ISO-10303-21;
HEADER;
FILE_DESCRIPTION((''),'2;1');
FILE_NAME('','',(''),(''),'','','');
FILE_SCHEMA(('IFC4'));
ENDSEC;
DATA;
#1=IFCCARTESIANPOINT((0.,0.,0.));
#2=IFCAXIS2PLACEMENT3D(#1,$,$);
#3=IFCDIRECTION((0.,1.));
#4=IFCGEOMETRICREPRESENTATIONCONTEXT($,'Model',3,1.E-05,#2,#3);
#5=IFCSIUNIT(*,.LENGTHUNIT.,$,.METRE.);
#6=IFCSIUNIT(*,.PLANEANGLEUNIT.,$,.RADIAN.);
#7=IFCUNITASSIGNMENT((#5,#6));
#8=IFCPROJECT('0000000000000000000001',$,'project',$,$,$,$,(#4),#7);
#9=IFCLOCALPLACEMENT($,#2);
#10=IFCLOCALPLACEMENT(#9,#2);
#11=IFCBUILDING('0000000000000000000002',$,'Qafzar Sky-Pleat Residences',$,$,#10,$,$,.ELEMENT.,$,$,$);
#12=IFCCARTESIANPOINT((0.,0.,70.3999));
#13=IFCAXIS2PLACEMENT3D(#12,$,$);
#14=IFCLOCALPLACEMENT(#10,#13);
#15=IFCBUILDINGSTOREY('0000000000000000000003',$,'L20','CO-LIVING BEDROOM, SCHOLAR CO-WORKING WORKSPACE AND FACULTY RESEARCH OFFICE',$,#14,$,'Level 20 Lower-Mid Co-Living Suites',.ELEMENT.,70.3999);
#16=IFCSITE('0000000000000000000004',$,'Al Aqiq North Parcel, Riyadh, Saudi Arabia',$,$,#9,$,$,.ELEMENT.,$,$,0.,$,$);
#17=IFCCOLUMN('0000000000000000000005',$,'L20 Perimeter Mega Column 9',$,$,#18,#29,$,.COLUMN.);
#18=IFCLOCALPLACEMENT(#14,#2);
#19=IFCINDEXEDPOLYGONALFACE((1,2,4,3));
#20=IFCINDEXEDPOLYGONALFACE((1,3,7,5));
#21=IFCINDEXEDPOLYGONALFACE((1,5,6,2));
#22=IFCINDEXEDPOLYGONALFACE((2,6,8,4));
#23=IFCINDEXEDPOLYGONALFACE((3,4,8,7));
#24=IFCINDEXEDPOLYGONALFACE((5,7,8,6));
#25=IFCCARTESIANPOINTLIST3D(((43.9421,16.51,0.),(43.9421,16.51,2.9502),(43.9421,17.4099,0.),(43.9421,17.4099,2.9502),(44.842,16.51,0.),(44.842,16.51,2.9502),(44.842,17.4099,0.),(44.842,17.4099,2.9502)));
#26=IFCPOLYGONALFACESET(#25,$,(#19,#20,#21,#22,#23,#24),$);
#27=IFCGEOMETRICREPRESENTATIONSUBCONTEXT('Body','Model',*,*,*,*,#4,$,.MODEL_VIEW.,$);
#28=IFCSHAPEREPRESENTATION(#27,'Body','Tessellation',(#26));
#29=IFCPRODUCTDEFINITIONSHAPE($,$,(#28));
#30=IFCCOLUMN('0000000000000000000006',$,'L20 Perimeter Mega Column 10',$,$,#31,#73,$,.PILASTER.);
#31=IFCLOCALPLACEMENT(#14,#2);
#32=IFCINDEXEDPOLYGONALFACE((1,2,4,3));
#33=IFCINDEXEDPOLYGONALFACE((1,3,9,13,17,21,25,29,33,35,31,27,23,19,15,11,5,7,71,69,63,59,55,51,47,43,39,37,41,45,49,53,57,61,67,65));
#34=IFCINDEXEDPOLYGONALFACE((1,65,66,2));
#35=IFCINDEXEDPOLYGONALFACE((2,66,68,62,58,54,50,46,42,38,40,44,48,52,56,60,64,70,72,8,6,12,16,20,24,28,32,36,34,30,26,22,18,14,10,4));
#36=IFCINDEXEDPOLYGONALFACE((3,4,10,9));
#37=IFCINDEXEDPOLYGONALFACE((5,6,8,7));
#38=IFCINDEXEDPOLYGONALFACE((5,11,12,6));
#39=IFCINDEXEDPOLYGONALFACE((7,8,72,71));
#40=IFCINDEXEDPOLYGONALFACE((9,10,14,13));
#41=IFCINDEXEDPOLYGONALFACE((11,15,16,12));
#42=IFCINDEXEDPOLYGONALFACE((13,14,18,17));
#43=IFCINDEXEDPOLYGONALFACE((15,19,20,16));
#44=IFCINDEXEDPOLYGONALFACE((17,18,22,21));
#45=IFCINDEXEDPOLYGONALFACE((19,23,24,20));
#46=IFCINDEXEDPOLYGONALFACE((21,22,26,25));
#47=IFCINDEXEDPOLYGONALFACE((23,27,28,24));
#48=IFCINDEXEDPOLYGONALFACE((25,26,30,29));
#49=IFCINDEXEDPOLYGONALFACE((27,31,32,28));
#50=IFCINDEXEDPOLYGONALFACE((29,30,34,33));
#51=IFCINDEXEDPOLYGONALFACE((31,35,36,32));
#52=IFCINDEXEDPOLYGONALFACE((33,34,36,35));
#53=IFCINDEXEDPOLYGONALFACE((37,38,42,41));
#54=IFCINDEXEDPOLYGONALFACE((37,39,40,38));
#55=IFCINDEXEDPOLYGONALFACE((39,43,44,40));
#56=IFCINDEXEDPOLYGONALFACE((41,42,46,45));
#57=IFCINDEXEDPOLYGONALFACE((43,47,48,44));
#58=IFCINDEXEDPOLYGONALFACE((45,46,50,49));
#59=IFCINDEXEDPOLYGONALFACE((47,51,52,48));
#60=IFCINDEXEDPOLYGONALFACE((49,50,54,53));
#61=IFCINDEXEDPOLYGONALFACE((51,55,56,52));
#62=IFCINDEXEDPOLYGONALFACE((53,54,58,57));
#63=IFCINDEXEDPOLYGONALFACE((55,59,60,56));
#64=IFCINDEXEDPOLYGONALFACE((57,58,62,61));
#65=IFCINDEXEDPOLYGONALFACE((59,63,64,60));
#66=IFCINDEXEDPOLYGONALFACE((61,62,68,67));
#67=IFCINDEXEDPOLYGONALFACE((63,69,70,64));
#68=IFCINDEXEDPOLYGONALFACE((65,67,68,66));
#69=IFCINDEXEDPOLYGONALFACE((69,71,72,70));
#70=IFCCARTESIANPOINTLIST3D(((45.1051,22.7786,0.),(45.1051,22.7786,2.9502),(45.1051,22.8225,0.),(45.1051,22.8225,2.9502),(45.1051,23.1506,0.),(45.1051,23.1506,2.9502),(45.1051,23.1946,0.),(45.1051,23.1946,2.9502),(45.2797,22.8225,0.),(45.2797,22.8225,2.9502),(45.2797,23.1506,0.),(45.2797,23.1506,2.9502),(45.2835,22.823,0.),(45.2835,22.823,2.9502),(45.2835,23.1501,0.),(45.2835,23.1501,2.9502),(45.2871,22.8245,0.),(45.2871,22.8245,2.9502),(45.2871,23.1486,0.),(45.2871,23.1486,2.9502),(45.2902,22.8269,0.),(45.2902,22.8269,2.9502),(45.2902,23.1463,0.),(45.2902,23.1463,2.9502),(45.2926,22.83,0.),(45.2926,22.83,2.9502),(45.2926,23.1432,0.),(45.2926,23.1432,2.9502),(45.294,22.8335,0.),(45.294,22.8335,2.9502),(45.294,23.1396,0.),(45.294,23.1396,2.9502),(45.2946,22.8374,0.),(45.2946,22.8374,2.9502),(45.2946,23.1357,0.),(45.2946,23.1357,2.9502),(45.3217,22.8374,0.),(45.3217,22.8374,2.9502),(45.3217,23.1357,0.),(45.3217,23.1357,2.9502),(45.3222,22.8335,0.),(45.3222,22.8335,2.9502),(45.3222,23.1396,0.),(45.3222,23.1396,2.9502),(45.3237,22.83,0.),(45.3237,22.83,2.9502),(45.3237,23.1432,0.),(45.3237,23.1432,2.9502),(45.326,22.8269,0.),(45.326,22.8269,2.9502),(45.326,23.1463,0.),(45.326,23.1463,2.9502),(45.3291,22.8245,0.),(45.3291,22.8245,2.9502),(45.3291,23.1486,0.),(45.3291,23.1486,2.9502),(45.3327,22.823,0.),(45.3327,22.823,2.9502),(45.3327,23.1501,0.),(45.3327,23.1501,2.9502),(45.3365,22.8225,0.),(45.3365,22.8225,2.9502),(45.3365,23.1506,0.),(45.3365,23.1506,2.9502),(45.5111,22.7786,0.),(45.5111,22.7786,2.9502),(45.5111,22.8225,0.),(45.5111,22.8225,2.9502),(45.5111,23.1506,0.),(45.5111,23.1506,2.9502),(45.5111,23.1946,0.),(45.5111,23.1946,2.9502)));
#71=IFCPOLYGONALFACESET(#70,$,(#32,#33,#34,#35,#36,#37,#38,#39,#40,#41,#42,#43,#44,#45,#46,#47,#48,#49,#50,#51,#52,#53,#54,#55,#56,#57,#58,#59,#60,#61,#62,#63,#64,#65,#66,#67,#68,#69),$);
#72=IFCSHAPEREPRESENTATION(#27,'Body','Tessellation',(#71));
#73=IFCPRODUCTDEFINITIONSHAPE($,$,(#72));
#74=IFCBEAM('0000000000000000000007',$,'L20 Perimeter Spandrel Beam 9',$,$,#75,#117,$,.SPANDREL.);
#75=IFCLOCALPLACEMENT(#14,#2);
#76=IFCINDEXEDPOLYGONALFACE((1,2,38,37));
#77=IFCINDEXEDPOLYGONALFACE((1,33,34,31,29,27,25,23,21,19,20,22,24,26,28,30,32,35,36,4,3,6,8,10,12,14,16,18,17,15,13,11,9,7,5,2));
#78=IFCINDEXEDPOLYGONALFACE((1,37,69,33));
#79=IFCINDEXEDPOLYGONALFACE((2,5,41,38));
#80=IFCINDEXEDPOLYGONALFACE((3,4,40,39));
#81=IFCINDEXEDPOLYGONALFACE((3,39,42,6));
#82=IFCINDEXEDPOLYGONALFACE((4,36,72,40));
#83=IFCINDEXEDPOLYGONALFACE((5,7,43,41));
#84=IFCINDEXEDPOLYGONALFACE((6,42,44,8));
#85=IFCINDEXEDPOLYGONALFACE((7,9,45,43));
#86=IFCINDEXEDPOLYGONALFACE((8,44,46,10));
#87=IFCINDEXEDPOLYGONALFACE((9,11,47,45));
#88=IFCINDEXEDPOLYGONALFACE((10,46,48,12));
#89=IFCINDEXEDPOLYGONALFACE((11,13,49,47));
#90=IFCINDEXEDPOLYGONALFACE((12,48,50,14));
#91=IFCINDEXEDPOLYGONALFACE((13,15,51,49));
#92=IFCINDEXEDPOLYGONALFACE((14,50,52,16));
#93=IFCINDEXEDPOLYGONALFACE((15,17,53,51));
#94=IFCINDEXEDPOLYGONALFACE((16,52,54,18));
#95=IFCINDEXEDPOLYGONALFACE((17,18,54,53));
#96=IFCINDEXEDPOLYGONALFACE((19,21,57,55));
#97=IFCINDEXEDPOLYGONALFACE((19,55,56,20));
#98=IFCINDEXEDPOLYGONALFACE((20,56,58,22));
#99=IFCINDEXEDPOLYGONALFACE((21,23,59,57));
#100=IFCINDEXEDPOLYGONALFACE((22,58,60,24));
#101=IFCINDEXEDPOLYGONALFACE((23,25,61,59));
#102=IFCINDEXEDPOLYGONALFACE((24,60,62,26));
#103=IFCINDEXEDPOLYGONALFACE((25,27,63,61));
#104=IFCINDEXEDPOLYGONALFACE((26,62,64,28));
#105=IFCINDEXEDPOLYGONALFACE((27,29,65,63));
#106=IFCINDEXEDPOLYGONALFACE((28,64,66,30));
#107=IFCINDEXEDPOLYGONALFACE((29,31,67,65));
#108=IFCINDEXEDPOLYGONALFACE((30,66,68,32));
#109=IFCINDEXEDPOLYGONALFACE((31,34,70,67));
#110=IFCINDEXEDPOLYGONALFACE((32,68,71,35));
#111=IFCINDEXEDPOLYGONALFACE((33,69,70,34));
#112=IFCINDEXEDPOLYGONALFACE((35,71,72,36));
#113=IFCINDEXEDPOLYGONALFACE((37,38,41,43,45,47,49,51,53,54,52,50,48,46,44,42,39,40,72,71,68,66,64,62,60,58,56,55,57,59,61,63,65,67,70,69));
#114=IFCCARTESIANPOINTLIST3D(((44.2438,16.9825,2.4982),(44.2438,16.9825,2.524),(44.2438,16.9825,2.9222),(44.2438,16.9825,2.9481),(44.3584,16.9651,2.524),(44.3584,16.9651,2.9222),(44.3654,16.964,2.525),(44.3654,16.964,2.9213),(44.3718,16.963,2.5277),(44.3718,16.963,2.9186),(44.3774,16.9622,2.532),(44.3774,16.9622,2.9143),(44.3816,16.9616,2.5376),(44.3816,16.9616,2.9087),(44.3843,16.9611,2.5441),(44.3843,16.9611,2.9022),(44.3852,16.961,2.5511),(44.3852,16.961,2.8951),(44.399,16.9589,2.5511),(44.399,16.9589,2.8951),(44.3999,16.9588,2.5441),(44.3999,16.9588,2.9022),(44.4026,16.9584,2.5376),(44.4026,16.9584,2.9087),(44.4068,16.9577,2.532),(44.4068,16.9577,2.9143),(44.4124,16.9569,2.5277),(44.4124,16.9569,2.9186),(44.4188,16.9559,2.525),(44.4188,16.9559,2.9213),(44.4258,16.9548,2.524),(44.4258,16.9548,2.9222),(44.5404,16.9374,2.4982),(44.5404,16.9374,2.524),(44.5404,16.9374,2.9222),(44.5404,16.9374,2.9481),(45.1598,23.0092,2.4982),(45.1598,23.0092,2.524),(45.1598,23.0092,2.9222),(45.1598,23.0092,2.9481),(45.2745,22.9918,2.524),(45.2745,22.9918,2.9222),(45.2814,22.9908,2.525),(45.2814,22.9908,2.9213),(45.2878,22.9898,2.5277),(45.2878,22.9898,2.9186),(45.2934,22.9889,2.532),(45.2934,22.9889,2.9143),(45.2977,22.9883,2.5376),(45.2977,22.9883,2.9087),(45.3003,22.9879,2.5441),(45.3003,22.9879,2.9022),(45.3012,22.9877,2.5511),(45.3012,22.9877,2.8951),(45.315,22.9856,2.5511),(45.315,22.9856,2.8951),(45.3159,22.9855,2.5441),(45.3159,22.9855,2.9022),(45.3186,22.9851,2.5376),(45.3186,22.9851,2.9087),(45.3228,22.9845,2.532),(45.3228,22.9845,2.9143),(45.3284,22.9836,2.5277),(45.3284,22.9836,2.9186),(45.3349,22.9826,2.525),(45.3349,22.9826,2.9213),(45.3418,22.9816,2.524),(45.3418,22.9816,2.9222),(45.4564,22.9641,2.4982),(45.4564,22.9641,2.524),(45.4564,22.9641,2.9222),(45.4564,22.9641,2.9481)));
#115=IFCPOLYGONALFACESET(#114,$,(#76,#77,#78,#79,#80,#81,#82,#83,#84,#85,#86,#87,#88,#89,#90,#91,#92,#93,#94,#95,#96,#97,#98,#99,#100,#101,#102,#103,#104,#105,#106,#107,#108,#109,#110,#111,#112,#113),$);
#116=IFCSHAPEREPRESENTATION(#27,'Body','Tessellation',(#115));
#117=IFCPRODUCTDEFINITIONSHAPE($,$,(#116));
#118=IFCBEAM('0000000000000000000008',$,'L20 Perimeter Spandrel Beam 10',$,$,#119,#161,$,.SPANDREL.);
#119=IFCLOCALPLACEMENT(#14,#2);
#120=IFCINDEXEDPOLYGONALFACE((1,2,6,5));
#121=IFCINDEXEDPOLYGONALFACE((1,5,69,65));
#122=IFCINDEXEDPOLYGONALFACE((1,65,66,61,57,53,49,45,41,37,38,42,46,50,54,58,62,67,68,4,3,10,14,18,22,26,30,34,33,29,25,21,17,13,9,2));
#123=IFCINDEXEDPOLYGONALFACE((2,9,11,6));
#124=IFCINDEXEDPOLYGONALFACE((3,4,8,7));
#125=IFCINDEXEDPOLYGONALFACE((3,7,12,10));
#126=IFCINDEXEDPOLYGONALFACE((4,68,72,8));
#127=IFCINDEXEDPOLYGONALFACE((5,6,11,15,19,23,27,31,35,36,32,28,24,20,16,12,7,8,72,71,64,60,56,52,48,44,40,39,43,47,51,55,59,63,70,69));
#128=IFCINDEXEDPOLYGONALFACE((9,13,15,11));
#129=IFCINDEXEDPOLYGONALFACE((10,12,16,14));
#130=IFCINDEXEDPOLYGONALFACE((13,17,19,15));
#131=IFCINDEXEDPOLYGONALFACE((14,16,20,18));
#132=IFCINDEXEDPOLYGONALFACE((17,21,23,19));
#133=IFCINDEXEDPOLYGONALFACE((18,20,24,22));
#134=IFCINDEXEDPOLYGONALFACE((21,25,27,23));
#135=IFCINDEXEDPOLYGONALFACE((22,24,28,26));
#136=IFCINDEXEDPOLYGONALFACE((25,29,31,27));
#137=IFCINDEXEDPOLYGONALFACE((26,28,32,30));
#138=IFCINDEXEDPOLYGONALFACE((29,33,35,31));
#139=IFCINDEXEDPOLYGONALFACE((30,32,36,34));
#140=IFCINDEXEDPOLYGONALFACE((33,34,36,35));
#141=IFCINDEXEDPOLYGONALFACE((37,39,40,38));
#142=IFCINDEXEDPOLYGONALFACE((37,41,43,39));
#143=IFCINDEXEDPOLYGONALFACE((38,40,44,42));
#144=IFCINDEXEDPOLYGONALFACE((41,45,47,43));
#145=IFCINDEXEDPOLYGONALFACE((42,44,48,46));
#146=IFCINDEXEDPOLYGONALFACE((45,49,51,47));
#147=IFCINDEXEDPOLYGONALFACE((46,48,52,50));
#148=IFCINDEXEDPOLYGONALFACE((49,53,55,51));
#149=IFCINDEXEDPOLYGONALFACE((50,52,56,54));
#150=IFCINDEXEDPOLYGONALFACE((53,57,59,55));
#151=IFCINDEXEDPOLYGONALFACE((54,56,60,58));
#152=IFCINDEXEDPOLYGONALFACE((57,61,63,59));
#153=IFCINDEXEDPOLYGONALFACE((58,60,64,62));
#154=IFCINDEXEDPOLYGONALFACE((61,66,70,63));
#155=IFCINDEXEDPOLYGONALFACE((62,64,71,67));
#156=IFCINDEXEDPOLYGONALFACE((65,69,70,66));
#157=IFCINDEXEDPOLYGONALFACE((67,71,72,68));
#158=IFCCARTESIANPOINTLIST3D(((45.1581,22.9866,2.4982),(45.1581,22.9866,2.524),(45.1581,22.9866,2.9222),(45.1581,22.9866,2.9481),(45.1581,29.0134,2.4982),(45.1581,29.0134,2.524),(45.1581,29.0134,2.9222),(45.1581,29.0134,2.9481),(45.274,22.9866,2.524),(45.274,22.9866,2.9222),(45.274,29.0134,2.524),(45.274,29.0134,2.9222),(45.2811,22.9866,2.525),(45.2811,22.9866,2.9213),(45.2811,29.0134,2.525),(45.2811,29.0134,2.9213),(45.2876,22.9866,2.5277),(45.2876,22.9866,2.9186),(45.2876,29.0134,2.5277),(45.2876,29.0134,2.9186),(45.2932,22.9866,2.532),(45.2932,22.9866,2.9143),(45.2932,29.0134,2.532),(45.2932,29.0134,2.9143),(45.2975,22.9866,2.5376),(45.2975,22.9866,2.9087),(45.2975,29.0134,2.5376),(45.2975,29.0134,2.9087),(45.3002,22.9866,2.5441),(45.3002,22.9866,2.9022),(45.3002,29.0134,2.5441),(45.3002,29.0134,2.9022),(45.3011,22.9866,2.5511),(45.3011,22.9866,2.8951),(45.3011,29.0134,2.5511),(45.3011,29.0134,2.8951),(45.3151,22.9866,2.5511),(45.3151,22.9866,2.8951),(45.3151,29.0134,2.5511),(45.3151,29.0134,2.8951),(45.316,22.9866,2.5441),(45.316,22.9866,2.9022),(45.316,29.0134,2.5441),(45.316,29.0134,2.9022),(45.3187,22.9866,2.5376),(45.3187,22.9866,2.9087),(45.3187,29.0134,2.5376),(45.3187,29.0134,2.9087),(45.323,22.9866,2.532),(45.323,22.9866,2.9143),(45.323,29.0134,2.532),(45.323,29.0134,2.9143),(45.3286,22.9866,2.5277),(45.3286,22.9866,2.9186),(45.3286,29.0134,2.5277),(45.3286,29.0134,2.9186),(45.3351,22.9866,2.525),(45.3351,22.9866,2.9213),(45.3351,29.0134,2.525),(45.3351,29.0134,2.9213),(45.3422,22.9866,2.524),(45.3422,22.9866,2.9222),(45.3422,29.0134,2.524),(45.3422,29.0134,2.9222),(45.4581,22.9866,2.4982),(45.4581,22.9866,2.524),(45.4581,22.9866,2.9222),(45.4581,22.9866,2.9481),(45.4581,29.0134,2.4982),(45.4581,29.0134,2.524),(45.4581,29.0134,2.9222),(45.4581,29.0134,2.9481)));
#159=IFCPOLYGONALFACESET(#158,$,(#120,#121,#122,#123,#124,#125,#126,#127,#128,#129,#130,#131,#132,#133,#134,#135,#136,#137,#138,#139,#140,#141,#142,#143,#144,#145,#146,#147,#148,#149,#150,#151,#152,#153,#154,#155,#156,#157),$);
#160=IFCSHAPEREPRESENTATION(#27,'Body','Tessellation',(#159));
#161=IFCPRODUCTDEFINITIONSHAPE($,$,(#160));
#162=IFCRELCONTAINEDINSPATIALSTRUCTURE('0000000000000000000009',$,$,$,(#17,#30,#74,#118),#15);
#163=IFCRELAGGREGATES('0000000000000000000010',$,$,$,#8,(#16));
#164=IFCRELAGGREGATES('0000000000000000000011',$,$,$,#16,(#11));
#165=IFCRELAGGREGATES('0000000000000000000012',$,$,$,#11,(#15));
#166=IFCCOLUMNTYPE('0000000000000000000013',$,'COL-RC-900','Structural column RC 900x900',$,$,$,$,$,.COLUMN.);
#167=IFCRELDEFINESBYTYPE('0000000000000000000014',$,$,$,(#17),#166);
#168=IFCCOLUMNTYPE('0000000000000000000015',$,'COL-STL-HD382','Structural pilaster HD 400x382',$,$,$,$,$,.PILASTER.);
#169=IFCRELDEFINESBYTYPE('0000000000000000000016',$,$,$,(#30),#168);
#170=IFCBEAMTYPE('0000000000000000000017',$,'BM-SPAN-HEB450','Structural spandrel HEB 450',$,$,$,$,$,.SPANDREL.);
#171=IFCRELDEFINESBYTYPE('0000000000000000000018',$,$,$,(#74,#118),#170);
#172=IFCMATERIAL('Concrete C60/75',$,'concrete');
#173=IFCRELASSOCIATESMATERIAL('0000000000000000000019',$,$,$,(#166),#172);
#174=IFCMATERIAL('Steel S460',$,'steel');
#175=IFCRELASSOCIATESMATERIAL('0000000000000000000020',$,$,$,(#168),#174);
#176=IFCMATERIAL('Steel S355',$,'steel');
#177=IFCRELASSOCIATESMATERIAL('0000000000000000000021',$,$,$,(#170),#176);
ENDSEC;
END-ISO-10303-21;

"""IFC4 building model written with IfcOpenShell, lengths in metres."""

from ifc_helpers import new_model, si_unit, direction, frame, origin, origin_2d, place, context, subcontext, project, spatial, rectangle, i_section, extrude, source, transform, mapped, material, material_profile, profile_set, type_object, element, save


model = new_model("IFC4")

# Units and contexts
model_context = context("Model", 3, precision=1e-05, world=origin(), true_north=direction((0.0, 1.0)))
body_context = subcontext(model_context, "Body", "Model", "MODEL_VIEW")
ifc_project = project(units=[si_unit("LENGTHUNIT", "METRE"), si_unit("PLANEANGLEUNIT", "RADIAN")], contexts=[model_context])

# Site, building, storey
site_placement = place(None, origin())
site = spatial("IfcSite", under=ifc_project, at=site_placement, Name="Al Aqiq North Parcel, Riyadh, Saudi Arabia", CompositionType="ELEMENT", RefElevation=0.0)
building_placement = place(site_placement, origin())
building = spatial("IfcBuilding", under=site, at=building_placement, Name="Qafzar Sky-Pleat Residences", CompositionType="ELEMENT")
storey_placement = place(building_placement, frame((0.0, 0.0, 70.3999)))
storey = spatial("IfcBuildingStorey", under=building, at=storey_placement, Name="L20", Description="CO-LIVING BEDROOM, SCHOLAR CO-WORKING WORKSPACE AND FACULTY RESEARCH OFFICE", LongName="Level 20 Lower-Mid Co-Living Suites", CompositionType="ELEMENT", Elevation=70.3999)

# Columns
ifc_material_1 = material(Name="Concrete C60/75", Category="concrete")
ifc_material_profile_1 = material_profile(ifc_material_1, rectangle(XDim=0.8999, YDim=0.8999, at=origin_2d()), Name="RC 900x900")
ifc_profile_set_1 = profile_set([ifc_material_profile_1], Name="Concrete C60/75")
column_type_1 = type_object("IfcColumnType", Name="COL-RC-900", Description="Structural column RC 900x900", PredefinedType="COLUMN", material=ifc_profile_set_1)
shared_shape_1 = source(origin(), body_context, "Body", "SweptSolid", [
    extrude(rectangle(XDim=0.8999, YDim=0.8999, at=origin_2d()), origin(), (0.0, 0.0, 1.0), 2.9502),
])
column_1_placement = place(storey_placement, frame((44.3921, 16.96, 0.0), z_axis=(0.0, 0.0, 1.0), x_axis=(1.0, 0.0, 0.0)))
element("IfcColumn", 1, at=column_1_placement, inside=storey, type_object=column_type_1, Name="L20 Perimeter Mega Column 9", PredefinedType="COLUMN", context=body_context, shape_type="MappedRepresentation", body=[
    mapped(shared_shape_1, transform((0.0, 0.0, 0.0), x_axis=(1.0, 0.0, 0.0), y_axis=(0.0, 1.0, 0.0), z_axis=(0.0, 0.0, 1.0), scale=1.0)),
])
ifc_material_2 = material(Name="Steel S460", Category="steel")
ifc_material_profile_2 = material_profile(ifc_material_2, i_section(OverallWidth=0.406, OverallDepth=0.416, WebThickness=0.0271, FlangeThickness=0.0439, FilletRadius=0.0149, at=origin_2d()), Name="HD 400x382")
ifc_profile_set_2 = profile_set([ifc_material_profile_2], Name="Steel S460")
column_type_2 = type_object("IfcColumnType", Name="COL-STL-HD382", Description="Structural pilaster HD 400x382", PredefinedType="PILASTER", material=ifc_profile_set_2)
shared_shape_2 = source(origin(), body_context, "Body", "SweptSolid", [
    extrude(i_section(OverallWidth=0.406, OverallDepth=0.416, WebThickness=0.0271, FlangeThickness=0.0439, FilletRadius=0.0149, at=origin_2d()), origin(), (0.0, 0.0, 1.0), 2.9502),
])
column_2_placement = place(storey_placement, frame((45.3081, 22.9866, 0.0), z_axis=(0.0, 0.0, 1.0), x_axis=(1.0, 0.0, 0.0)))
element("IfcColumn", 2, at=column_2_placement, inside=storey, type_object=column_type_2, Name="L20 Perimeter Mega Column 10", PredefinedType="PILASTER", context=body_context, shape_type="MappedRepresentation", body=[
    mapped(shared_shape_2, transform((0.0, 0.0, 0.0), x_axis=(1.0, 0.0, 0.0), y_axis=(0.0, 1.0, 0.0), z_axis=(0.0, 0.0, 1.0), scale=1.0)),
])

# Beams
ifc_material_3 = material(Name="Steel S355", Category="steel")
ifc_material_profile_3 = material_profile(ifc_material_3, i_section(OverallWidth=0.3, OverallDepth=0.45, WebThickness=0.0139, FlangeThickness=0.0259, FilletRadius=0.0271, at=origin_2d()), Name="HEB 450")
ifc_profile_set_3 = profile_set([ifc_material_profile_3], Name="Steel S355")
beam_type_1 = type_object("IfcBeamType", Name="BM-SPAN-HEB450", Description="Structural spandrel HEB 450", PredefinedType="SPANDREL", material=ifc_profile_set_3)
shared_shape_3 = source(origin(), body_context, "Body", "SweptSolid", [
    extrude(i_section(OverallWidth=0.3, OverallDepth=0.45, WebThickness=0.0139, FlangeThickness=0.0259, FilletRadius=0.0271, at=origin_2d()), origin(), (0.0, 0.0, 1.0), 6.0959),
])
beam_1_placement = place(storey_placement, frame((44.3921, 16.96, 2.7231), z_axis=(0.150269, 0.988645, 0.0), x_axis=(-0.988645, 0.150269, 0.0)))
element("IfcBeam", 3, at=beam_1_placement, inside=storey, type_object=beam_type_1, Name="L20 Perimeter Spandrel Beam 9", PredefinedType="SPANDREL", context=body_context, shape_type="MappedRepresentation", body=[
    mapped(shared_shape_3, transform((0.0, 0.0, 0.0), x_axis=(1.0, 0.0, 0.0), y_axis=(0.0, 1.0, 0.0), z_axis=(0.0, 0.0, 1.0), scale=1.0)),
])
shared_shape_4 = source(origin(), body_context, "Body", "SweptSolid", [
    extrude(i_section(OverallWidth=0.3, OverallDepth=0.45, WebThickness=0.0139, FlangeThickness=0.0259, FilletRadius=0.0271, at=origin_2d()), origin(), (0.0, 0.0, 1.0), 6.0269),
])
beam_2_placement = place(storey_placement, frame((45.3081, 22.9866, 2.7231), z_axis=(0.0, 1.0, 0.0), x_axis=(-1.0, 0.0, 0.0)))
element("IfcBeam", 4, at=beam_2_placement, inside=storey, type_object=beam_type_1, Name="L20 Perimeter Spandrel Beam 10", PredefinedType="SPANDREL", context=body_context, shape_type="MappedRepresentation", body=[
    mapped(shared_shape_4, transform((0.0, 0.0, 0.0), x_axis=(1.0, 0.0, 0.0), y_axis=(0.0, 1.0, 0.0), z_axis=(0.0, 0.0, 1.0), scale=1.0)),
])

save(model, "model.ifc")
